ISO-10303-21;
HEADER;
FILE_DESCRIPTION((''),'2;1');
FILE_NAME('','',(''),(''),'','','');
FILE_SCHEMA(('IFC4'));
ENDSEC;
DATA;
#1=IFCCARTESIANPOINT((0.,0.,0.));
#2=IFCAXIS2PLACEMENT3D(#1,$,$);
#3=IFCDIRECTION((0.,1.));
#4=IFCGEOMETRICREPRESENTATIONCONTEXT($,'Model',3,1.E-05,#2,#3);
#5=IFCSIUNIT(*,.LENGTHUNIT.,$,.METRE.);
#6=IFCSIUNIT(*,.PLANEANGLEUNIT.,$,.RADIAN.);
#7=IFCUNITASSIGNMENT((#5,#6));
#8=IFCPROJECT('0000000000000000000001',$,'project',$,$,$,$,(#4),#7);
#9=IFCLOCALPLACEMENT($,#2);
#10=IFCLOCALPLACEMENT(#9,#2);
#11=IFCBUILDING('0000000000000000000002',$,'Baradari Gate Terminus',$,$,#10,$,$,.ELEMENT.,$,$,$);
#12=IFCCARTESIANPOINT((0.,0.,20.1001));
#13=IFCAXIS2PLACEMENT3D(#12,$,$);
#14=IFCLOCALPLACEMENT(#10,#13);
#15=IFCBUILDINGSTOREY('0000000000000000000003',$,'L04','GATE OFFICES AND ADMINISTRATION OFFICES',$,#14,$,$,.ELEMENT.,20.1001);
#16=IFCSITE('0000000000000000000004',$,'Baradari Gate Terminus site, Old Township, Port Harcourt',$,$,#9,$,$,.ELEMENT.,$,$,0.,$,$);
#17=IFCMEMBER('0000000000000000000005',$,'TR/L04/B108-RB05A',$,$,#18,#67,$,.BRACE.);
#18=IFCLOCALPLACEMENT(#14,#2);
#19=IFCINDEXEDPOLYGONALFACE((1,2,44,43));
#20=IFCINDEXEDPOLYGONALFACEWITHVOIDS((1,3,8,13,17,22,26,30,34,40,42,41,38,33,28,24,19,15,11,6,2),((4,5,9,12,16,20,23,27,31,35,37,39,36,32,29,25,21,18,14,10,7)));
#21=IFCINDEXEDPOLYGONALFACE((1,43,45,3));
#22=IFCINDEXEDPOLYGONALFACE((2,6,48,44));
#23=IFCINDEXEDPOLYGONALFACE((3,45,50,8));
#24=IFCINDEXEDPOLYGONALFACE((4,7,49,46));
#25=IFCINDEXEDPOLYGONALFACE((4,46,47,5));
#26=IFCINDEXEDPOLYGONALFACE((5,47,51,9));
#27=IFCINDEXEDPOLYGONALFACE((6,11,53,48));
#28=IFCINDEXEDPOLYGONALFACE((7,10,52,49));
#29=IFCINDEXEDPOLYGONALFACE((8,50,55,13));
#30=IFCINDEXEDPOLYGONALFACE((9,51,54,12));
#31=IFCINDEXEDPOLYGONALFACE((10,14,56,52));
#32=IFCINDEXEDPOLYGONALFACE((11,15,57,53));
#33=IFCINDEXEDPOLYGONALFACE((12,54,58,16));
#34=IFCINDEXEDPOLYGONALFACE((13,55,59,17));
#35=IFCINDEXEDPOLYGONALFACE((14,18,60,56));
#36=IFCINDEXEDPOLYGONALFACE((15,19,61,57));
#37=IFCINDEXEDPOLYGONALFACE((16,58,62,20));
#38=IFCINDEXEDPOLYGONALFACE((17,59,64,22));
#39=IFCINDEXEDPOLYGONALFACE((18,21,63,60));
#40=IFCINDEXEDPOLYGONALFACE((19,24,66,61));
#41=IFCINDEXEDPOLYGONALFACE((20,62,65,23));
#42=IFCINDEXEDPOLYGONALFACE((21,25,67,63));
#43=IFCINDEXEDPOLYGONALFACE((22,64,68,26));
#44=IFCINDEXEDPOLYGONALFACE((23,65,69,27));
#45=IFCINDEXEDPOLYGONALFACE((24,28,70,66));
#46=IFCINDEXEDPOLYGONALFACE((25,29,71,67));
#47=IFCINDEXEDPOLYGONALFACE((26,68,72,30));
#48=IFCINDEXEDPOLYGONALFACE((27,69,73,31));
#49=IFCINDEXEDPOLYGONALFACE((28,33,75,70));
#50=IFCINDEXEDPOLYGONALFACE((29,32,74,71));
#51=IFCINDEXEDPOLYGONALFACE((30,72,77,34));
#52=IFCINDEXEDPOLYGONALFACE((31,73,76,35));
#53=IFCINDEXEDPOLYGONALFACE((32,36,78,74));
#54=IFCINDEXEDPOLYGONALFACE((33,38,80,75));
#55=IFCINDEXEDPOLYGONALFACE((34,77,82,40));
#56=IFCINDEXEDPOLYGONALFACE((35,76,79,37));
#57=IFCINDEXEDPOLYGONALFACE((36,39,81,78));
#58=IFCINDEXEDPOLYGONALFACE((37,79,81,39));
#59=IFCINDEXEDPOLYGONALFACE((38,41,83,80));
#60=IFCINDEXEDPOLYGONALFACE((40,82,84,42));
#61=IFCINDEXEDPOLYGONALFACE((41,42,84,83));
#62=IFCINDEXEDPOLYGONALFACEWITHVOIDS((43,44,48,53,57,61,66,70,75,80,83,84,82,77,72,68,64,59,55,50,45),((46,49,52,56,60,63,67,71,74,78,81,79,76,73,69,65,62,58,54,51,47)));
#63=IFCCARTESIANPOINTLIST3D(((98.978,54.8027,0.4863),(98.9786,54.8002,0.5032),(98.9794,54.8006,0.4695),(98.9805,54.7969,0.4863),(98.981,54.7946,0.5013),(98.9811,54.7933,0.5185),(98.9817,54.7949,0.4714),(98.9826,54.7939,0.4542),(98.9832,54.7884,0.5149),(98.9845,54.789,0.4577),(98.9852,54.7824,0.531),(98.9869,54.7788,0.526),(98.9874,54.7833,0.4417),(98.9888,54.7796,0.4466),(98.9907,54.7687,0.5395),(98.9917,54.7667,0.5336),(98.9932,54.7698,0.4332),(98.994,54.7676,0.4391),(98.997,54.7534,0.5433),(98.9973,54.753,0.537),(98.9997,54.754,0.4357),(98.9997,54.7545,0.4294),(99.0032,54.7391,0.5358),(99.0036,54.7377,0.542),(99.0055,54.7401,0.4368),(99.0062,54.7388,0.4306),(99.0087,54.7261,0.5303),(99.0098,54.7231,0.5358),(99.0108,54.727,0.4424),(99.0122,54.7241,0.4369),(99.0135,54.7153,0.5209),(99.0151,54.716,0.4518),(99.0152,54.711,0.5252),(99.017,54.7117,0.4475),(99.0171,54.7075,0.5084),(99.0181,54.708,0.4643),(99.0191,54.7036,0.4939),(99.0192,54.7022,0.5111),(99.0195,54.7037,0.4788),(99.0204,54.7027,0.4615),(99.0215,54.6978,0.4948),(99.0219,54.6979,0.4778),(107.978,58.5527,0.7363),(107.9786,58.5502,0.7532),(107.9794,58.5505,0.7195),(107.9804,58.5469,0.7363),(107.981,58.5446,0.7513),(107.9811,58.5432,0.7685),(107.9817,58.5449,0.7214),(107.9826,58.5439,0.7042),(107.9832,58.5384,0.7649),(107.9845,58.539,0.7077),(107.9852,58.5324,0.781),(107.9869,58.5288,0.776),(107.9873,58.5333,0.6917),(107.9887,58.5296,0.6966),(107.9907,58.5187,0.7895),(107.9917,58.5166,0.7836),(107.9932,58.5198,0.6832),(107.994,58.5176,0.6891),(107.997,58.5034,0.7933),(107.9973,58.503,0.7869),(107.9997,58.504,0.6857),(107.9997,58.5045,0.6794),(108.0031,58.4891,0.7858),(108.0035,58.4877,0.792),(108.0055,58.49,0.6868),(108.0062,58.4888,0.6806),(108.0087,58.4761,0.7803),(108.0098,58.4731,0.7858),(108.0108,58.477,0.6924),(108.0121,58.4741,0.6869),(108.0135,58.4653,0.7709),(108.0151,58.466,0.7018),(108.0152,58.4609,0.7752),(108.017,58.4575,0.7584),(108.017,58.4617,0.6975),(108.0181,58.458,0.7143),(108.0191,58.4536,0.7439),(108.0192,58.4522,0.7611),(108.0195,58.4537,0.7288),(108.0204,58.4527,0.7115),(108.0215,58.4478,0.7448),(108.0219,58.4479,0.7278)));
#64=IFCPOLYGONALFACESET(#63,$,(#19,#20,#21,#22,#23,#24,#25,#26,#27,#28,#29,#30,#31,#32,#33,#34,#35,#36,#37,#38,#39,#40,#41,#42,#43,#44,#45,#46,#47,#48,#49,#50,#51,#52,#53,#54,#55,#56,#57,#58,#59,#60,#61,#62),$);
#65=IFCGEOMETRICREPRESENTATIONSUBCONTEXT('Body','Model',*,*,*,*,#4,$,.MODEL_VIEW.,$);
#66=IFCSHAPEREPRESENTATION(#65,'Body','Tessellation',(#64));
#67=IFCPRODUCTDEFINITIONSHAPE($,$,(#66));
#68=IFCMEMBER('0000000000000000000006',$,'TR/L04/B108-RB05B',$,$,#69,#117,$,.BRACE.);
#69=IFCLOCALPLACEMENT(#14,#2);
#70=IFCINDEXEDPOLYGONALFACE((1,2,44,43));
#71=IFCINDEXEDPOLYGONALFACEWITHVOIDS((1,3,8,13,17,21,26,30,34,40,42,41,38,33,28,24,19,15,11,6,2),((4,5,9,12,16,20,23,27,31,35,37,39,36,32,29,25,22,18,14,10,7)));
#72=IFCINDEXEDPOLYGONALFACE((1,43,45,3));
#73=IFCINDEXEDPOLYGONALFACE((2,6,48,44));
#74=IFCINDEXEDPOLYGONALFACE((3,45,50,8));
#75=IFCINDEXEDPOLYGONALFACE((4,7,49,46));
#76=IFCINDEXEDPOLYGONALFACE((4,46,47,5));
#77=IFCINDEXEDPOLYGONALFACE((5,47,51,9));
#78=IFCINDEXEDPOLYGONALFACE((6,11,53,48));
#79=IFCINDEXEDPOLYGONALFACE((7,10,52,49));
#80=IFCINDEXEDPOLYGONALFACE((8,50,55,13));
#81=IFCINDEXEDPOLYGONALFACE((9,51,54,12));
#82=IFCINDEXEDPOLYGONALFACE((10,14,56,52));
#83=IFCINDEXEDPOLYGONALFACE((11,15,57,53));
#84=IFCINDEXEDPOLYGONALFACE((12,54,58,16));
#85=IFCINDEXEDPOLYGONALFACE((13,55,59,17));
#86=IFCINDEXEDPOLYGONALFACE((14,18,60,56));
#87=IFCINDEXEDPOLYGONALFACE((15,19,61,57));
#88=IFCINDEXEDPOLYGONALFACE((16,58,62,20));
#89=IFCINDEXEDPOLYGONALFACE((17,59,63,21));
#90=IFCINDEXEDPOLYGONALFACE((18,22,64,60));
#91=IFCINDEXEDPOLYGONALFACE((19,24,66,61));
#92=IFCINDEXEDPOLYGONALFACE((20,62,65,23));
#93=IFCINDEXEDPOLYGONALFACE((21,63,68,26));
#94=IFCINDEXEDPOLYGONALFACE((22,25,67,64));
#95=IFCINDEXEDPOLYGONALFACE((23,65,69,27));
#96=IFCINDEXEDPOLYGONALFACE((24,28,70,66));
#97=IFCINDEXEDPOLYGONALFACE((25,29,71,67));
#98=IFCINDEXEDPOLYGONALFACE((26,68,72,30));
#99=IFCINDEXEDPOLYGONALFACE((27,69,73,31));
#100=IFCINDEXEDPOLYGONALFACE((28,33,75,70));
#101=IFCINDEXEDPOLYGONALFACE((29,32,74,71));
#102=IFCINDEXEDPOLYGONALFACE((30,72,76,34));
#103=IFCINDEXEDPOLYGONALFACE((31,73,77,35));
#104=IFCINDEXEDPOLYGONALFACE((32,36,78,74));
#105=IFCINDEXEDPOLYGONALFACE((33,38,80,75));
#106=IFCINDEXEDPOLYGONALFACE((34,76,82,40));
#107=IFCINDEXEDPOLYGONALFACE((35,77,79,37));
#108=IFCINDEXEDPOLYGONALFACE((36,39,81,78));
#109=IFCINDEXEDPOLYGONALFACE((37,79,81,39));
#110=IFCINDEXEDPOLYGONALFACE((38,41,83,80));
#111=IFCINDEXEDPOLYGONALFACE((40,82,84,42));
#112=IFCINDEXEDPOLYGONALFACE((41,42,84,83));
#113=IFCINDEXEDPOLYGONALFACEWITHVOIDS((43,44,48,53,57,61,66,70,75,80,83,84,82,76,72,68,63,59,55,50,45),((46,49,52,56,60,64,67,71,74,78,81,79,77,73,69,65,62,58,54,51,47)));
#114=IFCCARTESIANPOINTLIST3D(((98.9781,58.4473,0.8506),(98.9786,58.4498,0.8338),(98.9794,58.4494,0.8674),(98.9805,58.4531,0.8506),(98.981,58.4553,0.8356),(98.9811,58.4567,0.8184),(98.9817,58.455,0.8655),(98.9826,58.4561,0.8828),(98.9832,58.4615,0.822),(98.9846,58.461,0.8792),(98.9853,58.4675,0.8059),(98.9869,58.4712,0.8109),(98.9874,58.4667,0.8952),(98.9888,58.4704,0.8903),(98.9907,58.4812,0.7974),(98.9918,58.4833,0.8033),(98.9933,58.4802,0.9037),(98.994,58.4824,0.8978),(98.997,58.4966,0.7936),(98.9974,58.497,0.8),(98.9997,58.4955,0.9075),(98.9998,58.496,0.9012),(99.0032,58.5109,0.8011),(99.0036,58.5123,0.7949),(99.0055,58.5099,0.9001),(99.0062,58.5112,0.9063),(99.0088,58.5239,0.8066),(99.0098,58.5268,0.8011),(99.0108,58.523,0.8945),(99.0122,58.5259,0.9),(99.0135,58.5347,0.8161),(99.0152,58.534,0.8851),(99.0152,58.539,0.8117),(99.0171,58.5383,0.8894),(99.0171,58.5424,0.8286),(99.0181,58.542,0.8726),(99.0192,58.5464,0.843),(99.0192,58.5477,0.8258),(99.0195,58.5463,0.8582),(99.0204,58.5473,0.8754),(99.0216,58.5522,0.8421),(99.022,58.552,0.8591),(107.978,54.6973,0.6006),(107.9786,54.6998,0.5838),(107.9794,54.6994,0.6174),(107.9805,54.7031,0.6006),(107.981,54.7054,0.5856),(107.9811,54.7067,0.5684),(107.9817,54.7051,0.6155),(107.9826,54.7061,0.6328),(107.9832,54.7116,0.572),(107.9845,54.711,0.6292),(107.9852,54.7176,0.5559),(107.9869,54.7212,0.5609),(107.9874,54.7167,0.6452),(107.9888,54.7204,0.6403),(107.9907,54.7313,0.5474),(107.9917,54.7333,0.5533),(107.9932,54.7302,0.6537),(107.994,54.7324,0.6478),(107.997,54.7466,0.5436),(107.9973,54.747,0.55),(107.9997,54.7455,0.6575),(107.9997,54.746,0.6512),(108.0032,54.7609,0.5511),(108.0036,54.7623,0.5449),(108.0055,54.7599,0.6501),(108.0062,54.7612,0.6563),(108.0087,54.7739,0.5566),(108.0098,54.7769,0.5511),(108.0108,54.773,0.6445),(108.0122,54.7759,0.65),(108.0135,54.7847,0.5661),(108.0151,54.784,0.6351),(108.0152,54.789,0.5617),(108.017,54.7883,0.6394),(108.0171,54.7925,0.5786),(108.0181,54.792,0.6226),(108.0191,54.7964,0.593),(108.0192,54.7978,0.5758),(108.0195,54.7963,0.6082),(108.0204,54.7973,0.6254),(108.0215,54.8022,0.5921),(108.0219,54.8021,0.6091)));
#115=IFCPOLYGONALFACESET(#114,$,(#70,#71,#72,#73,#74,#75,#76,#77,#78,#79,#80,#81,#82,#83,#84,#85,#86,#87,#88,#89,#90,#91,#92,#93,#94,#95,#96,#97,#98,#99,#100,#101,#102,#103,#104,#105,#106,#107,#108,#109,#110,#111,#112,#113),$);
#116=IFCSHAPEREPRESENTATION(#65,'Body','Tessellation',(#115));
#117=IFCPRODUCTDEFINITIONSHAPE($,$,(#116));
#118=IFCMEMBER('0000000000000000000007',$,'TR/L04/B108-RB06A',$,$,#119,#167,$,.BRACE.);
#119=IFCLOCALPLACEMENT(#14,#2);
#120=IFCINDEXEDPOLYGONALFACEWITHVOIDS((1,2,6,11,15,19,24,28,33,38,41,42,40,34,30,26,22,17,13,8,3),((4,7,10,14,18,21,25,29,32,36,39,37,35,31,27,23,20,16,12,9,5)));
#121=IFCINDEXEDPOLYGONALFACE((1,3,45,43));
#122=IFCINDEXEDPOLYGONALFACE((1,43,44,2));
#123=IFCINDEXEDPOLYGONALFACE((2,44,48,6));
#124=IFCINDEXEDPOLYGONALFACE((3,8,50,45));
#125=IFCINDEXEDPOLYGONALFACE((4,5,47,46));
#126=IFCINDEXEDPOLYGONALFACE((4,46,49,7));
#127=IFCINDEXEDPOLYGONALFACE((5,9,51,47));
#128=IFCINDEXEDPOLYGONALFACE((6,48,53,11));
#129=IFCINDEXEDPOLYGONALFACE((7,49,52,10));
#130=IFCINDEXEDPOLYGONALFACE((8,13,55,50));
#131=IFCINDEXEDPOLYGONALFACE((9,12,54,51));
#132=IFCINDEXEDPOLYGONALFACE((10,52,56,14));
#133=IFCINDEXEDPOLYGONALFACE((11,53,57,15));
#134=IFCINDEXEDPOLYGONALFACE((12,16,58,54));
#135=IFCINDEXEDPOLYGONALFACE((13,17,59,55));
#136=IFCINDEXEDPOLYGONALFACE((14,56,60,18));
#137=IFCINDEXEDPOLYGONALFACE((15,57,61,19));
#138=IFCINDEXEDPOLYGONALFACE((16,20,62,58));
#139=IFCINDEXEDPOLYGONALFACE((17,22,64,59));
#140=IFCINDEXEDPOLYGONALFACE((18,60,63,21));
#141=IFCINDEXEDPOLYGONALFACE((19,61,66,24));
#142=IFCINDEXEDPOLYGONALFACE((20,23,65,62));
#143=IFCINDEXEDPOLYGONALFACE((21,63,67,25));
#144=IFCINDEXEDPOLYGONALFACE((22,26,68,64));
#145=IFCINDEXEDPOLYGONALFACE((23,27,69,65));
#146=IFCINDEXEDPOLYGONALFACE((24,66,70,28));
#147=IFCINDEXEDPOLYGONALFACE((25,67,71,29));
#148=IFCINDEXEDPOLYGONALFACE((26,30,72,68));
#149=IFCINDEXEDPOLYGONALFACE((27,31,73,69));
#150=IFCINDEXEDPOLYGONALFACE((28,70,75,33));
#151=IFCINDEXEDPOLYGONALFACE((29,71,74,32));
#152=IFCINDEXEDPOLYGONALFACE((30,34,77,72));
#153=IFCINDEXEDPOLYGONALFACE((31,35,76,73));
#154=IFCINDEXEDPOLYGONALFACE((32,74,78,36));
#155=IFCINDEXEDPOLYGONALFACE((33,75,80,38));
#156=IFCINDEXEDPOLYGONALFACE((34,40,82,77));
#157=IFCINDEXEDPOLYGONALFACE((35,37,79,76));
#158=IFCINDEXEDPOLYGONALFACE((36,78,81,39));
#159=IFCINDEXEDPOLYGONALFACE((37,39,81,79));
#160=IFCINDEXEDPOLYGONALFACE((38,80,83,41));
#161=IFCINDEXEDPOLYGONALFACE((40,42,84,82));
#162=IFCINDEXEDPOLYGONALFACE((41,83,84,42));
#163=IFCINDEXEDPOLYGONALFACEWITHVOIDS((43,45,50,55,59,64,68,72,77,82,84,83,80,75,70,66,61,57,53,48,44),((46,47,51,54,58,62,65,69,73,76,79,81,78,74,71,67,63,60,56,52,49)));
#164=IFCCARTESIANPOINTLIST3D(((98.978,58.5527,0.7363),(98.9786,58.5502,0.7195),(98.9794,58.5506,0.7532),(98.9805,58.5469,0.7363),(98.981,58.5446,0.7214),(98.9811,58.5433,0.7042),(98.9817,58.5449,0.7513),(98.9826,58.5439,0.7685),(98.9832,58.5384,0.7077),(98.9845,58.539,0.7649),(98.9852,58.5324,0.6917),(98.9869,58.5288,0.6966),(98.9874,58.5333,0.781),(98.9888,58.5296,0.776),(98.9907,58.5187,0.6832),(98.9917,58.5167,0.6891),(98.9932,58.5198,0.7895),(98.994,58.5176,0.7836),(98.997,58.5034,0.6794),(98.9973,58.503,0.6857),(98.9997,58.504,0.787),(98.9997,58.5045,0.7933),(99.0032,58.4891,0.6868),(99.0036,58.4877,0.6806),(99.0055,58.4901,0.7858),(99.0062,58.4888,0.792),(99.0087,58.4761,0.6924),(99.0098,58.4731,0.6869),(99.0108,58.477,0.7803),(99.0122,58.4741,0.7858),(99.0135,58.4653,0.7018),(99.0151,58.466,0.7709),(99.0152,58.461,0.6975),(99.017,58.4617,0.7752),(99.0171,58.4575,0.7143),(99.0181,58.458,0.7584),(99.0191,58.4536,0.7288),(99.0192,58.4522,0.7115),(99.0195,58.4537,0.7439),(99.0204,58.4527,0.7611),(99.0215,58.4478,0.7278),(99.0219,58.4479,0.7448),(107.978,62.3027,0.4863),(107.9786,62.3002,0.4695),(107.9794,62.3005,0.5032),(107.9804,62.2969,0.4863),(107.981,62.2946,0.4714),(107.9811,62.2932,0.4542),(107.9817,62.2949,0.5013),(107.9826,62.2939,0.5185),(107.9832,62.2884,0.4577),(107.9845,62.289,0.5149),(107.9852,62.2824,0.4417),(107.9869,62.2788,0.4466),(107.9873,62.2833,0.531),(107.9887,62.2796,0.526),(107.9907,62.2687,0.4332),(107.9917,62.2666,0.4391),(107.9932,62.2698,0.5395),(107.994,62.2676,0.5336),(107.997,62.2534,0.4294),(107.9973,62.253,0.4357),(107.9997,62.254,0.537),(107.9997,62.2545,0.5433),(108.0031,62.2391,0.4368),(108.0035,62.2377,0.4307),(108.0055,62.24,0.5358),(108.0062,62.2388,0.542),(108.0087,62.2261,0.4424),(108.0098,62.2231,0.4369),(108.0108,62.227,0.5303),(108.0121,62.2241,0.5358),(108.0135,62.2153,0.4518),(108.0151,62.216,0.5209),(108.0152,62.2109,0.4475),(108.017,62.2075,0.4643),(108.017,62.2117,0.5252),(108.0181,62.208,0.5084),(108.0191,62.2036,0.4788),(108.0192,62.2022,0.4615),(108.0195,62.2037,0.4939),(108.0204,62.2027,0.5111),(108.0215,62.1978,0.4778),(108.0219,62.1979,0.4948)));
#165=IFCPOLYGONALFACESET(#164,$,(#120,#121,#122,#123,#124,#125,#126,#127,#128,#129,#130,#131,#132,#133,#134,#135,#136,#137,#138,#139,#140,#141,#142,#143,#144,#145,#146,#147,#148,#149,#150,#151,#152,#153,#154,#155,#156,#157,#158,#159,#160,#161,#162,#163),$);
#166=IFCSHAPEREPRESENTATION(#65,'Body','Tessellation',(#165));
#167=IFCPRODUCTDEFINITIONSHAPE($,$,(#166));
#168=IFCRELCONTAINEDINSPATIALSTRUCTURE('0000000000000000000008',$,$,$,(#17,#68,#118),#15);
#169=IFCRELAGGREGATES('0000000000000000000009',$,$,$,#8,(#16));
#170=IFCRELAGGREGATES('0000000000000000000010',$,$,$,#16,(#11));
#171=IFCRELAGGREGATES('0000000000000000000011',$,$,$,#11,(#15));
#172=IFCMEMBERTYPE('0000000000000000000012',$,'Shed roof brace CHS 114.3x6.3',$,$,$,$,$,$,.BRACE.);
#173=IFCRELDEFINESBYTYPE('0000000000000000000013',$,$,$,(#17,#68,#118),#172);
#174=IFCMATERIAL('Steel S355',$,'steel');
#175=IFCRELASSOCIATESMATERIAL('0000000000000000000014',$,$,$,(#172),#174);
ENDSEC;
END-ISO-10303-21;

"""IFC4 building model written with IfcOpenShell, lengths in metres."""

from ifc_helpers import new_model, si_unit, direction, frame, origin, origin_2d, place, context, subcontext, project, spatial, hollow_circle, extrude, material, material_profile, profile_set, type_object, element, save


model = new_model("IFC4")

# Units and contexts
model_context = context("Model", 3, precision=1e-05, world=origin(), true_north=direction((0.0, 1.0)))
body_context = subcontext(model_context, "Body", "Model", "MODEL_VIEW")
ifc_project = project(units=[si_unit("LENGTHUNIT", "METRE"), si_unit("PLANEANGLEUNIT", "RADIAN")], contexts=[model_context])

# Site, building, storey
site_placement = place(None, origin())
site = spatial("IfcSite", under=ifc_project, at=site_placement, Name="Baradari Gate Terminus site, Old Township, Port Harcourt", CompositionType="ELEMENT", RefElevation=0.0)
building_placement = place(site_placement, origin())
building = spatial("IfcBuilding", under=site, at=building_placement, Name="Baradari Gate Terminus", CompositionType="ELEMENT")
storey_placement = place(building_placement, frame((0.0, 0.0, 20.1001)))
storey = spatial("IfcBuildingStorey", under=building, at=storey_placement, Name="L04", Description="GATE OFFICES AND ADMINISTRATION OFFICES", CompositionType="ELEMENT", Elevation=20.1001)

# Members
ifc_material_1 = material(Name="Steel S355", Category="steel")
ifc_material_profile_1 = material_profile(ifc_material_1, hollow_circle(Radius=0.0571, WallThickness=0.0063, at=origin_2d()), Name="CHS 114.3x6.3")
ifc_profile_set_1 = profile_set([ifc_material_profile_1], Name="Steel S355")
member_type_1 = type_object("IfcMemberType", Name="Shed roof brace CHS 114.3x6.3", PredefinedType="BRACE", material=ifc_profile_set_1)
for number, where, z_axis, x_axis, name in (
    (1, (99.0, 54.75, 0.4863), (0.922774, 0.384489, 0.025633), (-0.384615, 0.923077, 0.0), "TR/L04/B108-RB05A"),
    (2, (108.0, 54.75, 0.6006), (-0.922774, 0.384489, 0.025633), (-0.384615, -0.923077, 0.0), "TR/L04/B108-RB05B"),
    (3, (99.0, 58.5, 0.7363), (0.922774, 0.384489, -0.025633), (-0.384615, 0.923077, 0.0), "TR/L04/B108-RB06A"),
):
    element("IfcMember", number, at=place(storey_placement, frame(where, z_axis=z_axis, x_axis=x_axis)), inside=storey, type_object=member_type_1, Name=name, PredefinedType="BRACE", context=body_context, shape_type="SweptSolid", body=[
        extrude(hollow_circle(Radius=0.0571, WallThickness=0.0063, at=origin_2d()), origin(), (0.0, 0.0, 1.0), 9.7532),
    ])

save(model, "model.ifc")
